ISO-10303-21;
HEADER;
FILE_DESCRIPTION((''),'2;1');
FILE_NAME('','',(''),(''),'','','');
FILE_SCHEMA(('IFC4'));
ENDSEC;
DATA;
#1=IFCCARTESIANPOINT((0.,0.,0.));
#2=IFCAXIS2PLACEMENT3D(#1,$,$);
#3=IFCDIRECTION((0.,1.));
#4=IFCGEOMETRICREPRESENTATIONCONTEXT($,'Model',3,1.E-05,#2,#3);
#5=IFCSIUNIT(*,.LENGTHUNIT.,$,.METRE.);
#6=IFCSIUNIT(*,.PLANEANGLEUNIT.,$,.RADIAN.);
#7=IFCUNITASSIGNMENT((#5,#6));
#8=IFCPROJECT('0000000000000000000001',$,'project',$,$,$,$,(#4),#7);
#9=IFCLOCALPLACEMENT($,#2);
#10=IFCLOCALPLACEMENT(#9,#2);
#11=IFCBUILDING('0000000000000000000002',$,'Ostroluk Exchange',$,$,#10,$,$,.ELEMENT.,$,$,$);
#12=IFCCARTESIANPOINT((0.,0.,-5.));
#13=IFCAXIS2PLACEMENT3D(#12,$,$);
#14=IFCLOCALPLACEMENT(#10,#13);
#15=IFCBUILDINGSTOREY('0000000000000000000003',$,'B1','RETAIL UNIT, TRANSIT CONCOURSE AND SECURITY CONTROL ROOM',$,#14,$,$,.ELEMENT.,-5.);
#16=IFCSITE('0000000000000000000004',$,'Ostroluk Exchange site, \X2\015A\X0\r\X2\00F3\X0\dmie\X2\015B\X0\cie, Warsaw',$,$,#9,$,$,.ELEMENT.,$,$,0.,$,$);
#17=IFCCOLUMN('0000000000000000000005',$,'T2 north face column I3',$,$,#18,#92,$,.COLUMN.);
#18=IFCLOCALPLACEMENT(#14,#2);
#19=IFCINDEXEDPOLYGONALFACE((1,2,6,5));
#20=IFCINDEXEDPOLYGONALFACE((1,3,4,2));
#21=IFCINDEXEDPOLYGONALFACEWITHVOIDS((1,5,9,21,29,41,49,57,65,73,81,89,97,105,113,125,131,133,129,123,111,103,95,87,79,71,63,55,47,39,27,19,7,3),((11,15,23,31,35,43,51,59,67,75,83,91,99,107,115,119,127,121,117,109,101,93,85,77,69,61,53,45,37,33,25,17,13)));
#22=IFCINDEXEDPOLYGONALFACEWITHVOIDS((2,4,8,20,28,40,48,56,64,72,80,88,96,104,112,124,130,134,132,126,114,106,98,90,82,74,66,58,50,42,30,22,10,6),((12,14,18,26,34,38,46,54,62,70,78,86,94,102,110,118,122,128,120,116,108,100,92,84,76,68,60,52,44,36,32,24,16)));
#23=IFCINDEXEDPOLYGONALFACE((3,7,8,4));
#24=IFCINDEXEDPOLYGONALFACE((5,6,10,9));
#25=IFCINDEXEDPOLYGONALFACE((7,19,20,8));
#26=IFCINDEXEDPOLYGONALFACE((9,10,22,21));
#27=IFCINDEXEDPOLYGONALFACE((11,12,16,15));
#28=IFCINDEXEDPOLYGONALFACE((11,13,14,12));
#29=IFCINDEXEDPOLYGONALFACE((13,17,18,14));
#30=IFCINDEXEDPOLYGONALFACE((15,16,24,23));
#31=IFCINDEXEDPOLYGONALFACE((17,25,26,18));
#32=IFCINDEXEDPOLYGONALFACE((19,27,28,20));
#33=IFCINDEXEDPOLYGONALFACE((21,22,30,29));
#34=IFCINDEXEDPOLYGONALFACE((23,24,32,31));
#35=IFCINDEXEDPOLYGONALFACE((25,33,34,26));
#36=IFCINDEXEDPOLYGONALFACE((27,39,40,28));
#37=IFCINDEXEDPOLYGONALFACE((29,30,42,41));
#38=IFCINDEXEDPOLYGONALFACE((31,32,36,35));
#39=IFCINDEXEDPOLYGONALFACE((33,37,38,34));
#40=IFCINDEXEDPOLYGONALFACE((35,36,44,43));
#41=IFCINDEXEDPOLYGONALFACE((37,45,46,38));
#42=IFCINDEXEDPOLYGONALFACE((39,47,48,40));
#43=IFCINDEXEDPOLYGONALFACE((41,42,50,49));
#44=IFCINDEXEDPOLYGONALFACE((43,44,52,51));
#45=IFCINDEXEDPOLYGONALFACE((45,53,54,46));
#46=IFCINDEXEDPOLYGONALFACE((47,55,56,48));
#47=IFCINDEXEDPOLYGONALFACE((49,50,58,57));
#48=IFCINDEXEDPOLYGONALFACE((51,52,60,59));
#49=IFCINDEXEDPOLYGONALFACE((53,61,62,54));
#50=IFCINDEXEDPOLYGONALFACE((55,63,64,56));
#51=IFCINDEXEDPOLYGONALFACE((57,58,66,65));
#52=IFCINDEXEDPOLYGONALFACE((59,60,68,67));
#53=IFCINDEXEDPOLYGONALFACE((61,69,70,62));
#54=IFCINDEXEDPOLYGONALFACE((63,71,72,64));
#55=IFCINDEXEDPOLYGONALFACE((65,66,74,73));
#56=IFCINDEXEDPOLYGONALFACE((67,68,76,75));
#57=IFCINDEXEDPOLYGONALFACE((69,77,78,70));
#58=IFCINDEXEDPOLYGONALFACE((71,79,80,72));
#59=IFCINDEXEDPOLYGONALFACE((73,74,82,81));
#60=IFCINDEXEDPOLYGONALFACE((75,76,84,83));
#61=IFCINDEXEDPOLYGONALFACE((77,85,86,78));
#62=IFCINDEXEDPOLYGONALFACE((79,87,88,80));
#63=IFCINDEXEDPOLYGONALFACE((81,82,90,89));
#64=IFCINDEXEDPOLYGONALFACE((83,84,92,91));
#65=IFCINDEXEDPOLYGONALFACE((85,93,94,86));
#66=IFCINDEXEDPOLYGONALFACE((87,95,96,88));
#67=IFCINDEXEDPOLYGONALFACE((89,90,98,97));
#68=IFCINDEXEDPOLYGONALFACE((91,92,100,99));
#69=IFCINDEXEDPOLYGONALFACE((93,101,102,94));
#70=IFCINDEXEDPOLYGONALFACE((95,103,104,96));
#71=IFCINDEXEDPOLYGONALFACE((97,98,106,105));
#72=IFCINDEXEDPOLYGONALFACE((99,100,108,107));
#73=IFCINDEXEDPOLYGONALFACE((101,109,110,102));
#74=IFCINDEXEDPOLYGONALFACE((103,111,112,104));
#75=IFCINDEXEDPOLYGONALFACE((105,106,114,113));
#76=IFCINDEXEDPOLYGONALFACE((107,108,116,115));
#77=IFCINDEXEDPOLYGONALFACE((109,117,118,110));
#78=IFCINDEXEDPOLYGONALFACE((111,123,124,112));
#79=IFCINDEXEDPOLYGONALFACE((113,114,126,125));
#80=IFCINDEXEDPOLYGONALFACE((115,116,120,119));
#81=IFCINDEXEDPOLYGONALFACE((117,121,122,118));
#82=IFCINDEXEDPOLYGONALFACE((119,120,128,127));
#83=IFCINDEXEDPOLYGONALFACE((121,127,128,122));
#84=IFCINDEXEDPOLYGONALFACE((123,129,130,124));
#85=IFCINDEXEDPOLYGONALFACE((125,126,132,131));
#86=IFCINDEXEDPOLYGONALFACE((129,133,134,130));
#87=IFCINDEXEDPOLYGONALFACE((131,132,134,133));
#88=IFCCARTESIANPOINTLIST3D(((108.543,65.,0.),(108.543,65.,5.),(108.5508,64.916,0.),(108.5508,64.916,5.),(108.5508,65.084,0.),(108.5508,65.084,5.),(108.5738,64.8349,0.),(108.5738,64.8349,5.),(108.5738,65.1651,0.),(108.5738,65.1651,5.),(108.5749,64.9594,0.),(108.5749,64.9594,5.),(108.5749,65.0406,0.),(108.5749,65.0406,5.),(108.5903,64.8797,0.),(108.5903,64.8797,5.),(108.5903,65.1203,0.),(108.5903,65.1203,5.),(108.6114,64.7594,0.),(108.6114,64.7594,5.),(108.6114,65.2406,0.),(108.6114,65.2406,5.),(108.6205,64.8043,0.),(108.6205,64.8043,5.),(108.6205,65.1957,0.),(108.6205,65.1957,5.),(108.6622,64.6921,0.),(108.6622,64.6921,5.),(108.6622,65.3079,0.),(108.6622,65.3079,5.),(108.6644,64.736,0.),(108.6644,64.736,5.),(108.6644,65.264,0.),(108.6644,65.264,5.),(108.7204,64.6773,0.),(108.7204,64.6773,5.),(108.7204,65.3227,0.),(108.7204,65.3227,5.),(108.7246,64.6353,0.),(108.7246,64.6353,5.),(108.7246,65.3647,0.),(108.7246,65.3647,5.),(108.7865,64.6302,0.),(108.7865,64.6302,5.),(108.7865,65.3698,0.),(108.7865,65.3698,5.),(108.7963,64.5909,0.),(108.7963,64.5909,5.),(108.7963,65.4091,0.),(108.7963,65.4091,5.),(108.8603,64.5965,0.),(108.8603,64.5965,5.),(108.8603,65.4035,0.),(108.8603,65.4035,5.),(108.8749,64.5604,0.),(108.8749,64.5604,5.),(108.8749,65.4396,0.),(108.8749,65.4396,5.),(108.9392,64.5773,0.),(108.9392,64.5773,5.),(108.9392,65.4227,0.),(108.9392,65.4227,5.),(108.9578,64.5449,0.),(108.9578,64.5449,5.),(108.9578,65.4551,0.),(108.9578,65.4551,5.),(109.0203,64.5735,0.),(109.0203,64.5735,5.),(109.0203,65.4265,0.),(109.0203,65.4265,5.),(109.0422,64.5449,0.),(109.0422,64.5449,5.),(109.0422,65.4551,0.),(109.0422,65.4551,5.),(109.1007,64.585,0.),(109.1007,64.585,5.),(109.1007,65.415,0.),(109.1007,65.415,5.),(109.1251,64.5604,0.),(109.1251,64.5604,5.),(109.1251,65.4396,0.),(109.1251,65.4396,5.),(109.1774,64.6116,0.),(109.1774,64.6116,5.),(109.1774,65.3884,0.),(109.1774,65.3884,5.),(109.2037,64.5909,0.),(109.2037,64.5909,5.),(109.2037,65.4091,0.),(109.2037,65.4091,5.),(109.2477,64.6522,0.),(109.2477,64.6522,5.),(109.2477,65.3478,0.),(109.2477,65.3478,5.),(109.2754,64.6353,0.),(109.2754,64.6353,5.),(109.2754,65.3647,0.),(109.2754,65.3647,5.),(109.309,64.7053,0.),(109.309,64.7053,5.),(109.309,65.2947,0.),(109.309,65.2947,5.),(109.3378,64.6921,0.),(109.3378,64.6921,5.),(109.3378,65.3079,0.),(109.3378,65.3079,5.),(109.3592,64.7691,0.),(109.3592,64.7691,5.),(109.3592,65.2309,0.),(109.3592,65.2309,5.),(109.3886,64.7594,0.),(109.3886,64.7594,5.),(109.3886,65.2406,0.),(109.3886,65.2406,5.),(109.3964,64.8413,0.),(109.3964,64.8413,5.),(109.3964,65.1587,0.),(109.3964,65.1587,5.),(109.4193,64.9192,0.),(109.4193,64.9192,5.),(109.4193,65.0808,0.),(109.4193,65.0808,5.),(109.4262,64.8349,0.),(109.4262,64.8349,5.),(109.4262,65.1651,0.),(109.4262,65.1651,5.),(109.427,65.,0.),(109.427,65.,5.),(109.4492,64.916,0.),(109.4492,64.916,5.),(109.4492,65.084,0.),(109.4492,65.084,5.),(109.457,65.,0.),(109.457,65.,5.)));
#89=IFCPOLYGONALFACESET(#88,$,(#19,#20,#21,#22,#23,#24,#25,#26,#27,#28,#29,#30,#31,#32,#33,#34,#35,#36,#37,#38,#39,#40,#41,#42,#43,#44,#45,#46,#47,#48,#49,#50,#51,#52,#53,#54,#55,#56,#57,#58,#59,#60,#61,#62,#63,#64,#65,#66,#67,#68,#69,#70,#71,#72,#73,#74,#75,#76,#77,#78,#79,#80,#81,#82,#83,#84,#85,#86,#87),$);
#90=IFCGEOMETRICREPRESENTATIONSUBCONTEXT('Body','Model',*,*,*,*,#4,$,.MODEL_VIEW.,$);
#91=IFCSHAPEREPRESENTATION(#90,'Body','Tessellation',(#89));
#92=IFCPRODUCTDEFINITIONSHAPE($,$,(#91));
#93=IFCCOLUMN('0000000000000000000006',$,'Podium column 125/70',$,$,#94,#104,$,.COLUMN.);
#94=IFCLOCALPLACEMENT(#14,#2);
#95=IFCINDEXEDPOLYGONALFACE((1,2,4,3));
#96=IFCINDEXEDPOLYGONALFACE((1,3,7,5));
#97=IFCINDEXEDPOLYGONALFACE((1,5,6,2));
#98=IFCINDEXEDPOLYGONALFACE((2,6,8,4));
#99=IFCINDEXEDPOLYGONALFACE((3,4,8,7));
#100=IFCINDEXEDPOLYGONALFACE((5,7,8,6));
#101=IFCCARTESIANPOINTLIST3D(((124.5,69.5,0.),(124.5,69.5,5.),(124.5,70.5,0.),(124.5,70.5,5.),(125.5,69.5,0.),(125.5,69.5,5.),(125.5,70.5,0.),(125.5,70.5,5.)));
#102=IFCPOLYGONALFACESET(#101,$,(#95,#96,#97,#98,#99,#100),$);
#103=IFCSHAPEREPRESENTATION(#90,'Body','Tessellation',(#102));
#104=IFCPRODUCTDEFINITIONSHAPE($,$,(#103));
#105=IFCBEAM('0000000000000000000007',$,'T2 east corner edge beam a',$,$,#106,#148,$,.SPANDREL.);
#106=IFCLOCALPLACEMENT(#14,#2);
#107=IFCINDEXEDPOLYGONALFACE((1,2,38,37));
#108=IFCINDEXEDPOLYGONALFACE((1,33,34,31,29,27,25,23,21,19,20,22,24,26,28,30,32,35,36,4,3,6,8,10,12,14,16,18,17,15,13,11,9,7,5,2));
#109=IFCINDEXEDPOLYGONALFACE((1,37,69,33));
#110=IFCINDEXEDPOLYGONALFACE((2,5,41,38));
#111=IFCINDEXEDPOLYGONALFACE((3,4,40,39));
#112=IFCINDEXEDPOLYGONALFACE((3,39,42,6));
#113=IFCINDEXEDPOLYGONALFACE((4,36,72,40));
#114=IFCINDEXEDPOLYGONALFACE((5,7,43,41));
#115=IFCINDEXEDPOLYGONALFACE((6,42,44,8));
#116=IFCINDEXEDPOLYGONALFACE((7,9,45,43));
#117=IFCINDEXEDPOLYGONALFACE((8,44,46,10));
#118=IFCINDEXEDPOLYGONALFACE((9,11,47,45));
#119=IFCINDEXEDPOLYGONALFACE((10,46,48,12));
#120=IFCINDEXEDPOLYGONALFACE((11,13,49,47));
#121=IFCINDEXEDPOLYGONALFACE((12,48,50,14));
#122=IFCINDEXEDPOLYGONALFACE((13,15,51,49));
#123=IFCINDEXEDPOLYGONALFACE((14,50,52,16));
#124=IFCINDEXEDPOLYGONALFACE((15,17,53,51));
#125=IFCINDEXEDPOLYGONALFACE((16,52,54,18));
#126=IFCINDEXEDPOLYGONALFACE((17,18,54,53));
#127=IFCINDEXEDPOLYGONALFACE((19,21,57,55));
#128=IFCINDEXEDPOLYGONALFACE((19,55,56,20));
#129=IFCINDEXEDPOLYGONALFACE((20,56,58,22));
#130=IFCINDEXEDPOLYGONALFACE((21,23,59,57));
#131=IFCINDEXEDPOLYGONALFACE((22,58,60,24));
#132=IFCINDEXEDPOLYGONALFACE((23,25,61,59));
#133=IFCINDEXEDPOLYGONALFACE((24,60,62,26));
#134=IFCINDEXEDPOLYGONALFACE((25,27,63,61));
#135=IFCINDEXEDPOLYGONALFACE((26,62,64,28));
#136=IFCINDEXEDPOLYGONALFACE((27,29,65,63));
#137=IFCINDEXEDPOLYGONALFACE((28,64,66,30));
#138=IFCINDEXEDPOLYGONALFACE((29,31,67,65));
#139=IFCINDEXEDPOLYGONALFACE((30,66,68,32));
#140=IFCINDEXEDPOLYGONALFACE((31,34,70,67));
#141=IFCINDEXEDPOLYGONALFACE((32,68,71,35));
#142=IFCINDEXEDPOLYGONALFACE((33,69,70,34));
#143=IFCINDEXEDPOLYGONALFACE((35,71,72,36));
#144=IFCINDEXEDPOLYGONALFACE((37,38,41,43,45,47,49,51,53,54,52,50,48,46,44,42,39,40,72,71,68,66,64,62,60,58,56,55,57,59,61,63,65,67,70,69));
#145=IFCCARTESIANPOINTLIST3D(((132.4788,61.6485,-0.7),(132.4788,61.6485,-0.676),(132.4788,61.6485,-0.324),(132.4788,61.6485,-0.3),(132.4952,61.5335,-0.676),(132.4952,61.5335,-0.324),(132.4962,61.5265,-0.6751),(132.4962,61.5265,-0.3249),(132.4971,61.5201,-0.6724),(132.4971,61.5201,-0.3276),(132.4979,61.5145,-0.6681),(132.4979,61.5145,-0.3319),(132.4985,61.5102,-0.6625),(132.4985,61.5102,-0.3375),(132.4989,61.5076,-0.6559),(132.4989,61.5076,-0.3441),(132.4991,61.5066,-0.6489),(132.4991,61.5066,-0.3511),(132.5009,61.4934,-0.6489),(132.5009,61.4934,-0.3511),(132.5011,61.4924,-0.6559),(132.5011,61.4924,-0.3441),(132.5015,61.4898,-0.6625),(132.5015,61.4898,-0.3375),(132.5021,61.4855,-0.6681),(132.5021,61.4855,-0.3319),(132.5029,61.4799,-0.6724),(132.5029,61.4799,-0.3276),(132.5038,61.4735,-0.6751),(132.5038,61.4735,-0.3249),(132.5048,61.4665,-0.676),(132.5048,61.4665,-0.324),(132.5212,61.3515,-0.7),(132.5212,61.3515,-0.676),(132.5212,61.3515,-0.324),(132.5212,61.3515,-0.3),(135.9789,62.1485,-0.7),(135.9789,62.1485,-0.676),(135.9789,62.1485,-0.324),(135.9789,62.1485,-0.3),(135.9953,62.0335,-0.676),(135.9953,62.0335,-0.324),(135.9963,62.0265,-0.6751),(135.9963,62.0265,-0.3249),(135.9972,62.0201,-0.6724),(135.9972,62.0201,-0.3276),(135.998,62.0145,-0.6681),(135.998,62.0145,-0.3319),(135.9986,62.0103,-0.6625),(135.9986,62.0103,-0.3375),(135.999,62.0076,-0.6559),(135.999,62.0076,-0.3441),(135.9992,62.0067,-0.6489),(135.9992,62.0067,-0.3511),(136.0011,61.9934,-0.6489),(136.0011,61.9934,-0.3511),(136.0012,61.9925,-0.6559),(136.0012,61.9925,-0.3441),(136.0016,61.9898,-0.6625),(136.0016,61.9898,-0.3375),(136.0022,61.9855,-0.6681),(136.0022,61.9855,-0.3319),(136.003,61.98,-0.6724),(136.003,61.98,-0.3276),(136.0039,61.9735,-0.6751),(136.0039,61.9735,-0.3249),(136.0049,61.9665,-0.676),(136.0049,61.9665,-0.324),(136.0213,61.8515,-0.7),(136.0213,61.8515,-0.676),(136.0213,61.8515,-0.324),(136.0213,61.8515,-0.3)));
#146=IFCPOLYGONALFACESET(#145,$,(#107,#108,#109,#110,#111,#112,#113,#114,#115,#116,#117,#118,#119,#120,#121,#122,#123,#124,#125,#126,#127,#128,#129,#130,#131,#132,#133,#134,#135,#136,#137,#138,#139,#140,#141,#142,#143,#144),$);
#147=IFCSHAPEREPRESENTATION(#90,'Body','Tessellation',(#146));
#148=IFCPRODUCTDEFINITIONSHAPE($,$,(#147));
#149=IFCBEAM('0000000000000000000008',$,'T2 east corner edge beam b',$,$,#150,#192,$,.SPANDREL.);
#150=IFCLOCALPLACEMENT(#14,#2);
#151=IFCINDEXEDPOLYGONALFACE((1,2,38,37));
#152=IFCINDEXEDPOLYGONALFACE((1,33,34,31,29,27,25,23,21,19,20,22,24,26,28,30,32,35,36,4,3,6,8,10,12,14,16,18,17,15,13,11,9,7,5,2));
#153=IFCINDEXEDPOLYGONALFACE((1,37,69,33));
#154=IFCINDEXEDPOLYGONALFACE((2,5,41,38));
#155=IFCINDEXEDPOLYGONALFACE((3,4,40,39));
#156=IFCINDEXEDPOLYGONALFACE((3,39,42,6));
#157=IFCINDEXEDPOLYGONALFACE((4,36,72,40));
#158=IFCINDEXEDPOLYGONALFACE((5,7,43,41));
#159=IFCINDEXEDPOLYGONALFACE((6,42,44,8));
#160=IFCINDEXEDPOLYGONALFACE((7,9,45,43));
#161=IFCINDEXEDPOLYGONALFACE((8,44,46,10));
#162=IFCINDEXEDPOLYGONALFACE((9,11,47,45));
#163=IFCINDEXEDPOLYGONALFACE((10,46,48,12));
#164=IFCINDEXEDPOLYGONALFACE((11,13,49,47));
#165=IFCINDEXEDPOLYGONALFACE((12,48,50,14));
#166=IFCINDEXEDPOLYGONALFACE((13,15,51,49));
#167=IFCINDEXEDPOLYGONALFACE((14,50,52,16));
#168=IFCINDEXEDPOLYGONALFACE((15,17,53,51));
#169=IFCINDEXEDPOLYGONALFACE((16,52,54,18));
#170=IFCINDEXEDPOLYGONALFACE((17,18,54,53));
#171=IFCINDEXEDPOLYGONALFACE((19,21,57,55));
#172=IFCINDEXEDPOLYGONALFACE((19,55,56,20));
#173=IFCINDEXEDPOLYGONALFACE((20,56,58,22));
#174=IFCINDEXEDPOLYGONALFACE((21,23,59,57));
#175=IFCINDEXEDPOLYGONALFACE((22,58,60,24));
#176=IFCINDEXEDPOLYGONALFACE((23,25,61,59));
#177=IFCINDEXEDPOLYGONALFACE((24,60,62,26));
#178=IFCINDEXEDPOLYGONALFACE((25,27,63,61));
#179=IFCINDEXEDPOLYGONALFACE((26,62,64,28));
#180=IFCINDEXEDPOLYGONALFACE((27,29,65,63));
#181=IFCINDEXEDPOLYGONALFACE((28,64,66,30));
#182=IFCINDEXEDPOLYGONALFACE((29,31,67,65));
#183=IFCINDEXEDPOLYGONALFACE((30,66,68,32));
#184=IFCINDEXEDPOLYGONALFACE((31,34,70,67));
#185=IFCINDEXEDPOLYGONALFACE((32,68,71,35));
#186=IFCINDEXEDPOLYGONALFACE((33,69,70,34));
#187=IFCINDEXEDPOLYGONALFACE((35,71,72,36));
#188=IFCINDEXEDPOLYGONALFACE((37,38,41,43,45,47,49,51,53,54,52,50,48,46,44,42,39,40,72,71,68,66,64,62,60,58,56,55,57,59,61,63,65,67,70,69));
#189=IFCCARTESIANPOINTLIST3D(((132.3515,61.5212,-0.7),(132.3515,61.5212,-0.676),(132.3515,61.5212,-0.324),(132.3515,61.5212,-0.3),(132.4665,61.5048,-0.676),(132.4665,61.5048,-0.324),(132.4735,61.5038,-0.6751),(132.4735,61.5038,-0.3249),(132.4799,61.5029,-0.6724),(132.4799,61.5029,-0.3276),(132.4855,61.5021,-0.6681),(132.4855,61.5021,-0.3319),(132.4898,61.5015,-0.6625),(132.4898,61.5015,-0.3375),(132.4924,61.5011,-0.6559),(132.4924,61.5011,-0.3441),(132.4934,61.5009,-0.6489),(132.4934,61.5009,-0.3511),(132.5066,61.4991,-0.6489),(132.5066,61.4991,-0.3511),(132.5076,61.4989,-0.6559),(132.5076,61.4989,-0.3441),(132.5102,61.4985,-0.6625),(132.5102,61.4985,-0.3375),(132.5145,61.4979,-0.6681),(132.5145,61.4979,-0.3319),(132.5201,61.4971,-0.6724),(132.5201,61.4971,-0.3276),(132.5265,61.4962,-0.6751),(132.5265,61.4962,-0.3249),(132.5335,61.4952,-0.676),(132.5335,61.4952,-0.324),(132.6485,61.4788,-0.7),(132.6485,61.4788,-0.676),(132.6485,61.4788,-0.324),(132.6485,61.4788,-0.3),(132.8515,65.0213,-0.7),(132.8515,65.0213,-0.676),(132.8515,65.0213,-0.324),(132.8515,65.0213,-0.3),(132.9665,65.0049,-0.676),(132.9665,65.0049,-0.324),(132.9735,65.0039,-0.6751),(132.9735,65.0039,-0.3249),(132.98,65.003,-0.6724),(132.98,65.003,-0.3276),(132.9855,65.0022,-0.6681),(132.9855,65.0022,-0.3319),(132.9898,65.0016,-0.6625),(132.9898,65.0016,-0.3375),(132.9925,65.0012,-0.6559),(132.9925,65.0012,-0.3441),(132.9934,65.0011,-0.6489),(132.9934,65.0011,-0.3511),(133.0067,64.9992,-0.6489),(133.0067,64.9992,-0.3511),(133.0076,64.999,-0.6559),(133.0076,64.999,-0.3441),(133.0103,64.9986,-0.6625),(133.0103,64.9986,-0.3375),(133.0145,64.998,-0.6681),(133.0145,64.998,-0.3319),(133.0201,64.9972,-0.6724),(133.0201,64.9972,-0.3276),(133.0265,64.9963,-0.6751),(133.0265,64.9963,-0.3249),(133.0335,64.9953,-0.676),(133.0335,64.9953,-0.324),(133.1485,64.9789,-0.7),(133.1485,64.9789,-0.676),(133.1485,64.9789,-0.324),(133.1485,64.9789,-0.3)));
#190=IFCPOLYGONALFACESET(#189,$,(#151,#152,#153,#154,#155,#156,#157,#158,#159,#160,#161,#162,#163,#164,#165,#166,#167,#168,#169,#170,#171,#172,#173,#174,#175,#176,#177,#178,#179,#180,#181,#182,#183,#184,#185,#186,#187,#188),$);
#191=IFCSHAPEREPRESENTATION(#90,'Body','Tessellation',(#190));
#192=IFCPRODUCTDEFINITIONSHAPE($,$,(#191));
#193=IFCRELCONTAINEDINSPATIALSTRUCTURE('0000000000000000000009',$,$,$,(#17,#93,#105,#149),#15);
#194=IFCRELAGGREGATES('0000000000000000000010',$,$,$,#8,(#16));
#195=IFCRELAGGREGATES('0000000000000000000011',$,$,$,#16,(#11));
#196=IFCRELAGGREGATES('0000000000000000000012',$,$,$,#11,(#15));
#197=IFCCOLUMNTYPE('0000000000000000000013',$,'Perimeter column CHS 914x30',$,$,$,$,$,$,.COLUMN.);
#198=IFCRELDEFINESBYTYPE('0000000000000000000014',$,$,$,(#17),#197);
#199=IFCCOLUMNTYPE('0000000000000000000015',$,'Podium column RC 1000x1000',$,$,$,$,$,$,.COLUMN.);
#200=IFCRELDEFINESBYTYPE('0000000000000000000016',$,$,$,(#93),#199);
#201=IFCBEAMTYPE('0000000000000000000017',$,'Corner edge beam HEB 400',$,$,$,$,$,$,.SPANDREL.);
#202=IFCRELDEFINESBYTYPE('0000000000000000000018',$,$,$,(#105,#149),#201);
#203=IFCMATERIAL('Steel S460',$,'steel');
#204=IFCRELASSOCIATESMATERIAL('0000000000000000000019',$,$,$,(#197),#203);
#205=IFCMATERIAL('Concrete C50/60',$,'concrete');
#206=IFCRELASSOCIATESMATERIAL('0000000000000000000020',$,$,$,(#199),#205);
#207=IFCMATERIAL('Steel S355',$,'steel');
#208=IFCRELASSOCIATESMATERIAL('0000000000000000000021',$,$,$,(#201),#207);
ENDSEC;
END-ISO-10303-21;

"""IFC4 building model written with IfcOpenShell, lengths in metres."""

from ifc_helpers import new_model, si_unit, direction, frame, origin, origin_2d, place, context, subcontext, project, spatial, rectangle, hollow_circle, i_section, extrude, material, material_profile, profile_set, type_object, element, save


model = new_model("IFC4")

# Units and contexts
model_context = context("Model", 3, precision=1e-05, world=origin(), true_north=direction((0.0, 1.0)))
body_context = subcontext(model_context, "Body", "Model", "MODEL_VIEW")
ifc_project = project(units=[si_unit("LENGTHUNIT", "METRE"), si_unit("PLANEANGLEUNIT", "RADIAN")], contexts=[model_context])

# Site, building, storey
site_placement = place(None, origin())
site = spatial("IfcSite", under=ifc_project, at=site_placement, Name="Ostroluk Exchange site, Śródmieście, Warsaw", CompositionType="ELEMENT", RefElevation=0.0)
building_placement = place(site_placement, origin())
building = spatial("IfcBuilding", under=site, at=building_placement, Name="Ostroluk Exchange", CompositionType="ELEMENT")
storey_placement = place(building_placement, frame((0.0, 0.0, -5.0)))
storey = spatial("IfcBuildingStorey", under=building, at=storey_placement, Name="B1", Description="RETAIL UNIT, TRANSIT CONCOURSE AND SECURITY CONTROL ROOM", CompositionType="ELEMENT", Elevation=-5.0)

# Columns
ifc_material_1 = material(Name="Steel S460", Category="steel")
ifc_material_profile_1 = material_profile(ifc_material_1, hollow_circle(Radius=0.457, WallThickness=0.03, at=origin_2d()), Name="CHS 914x30")
ifc_profile_set_1 = profile_set([ifc_material_profile_1], Name="Steel S460")
column_type_1 = type_object("IfcColumnType", Name="Perimeter column CHS 914x30", PredefinedType="COLUMN", material=ifc_profile_set_1)
for number, where, z_axis, x_axis, name in (
    (1, (109.0, 65.0, 0.0), (0.0, 0.0, 1.0), (1.0, 0.0, 0.0), "T2 north face column I3"),
):
    element("IfcColumn", number, at=place(storey_placement, frame(where, z_axis=z_axis, x_axis=x_axis)), inside=storey, type_object=column_type_1, Name=name, PredefinedType="COLUMN", context=body_context, shape_type="SweptSolid", body=[
        extrude(hollow_circle(Radius=0.457, WallThickness=0.03, at=origin_2d()), origin(), (0.0, 0.0, 1.0), 5.0),
    ])
ifc_material_2 = material(Name="Concrete C50/60", Category="concrete")
ifc_material_profile_2 = material_profile(ifc_material_2, rectangle(XDim=1.0, YDim=1.0, at=origin_2d()), Name="RC 1000x1000")
ifc_profile_set_2 = profile_set([ifc_material_profile_2], Name="Concrete C50/60")
column_type_2 = type_object("IfcColumnType", Name="Podium column RC 1000x1000", PredefinedType="COLUMN", material=ifc_profile_set_2)
column_1_placement = place(storey_placement, frame((125.0, 70.0, 0.0), z_axis=(0.0, 0.0, 1.0), x_axis=(1.0, 0.0, 0.0)))
element("IfcColumn", 2, at=column_1_placement, inside=storey, type_object=column_type_2, Name="Podium column 125/70", PredefinedType="COLUMN", context=body_context, shape_type="SweptSolid", body=[
    extrude(rectangle(XDim=1.0, YDim=1.0, at=origin_2d()), origin(), (0.0, 0.0, 1.0), 5.0),
])

# Beams
ifc_material_3 = material(Name="Steel S355", Category="steel")
ifc_material_profile_3 = material_profile(ifc_material_3, i_section(OverallWidth=0.3, OverallDepth=0.3999, WebThickness=0.0134, FlangeThickness=0.0239, FilletRadius=0.0271, at=origin_2d()), Name="HEB 400")
ifc_profile_set_3 = profile_set([ifc_material_profile_3], Name="Steel S355")
beam_type_1 = type_object("IfcBeamType", Name="Corner edge beam HEB 400", PredefinedType="SPANDREL", material=ifc_profile_set_3)
for number, where, z_axis, x_axis, name in (
    (3, (132.5, 61.5, -0.5), (0.989949, 0.141421, 0.0), (-0.141421, 0.989949, 0.0), "T2 east corner edge beam a"),
    (4, (132.5, 61.5, -0.5), (0.141421, 0.989949, 0.0), (-0.989949, 0.141421, 0.0), "T2 east corner edge beam b"),
):
    element("IfcBeam", number, at=place(storey_placement, frame(where, z_axis=z_axis, x_axis=x_axis)), inside=storey, type_object=beam_type_1, Name=name, PredefinedType="SPANDREL", context=body_context, shape_type="SweptSolid", body=[
        extrude(i_section(OverallWidth=0.3, OverallDepth=0.3999, WebThickness=0.0134, FlangeThickness=0.0239, FilletRadius=0.0271, at=origin_2d()), origin(), (0.0, 0.0, 1.0), 3.5356),
    ])

save(model, "model.ifc")
